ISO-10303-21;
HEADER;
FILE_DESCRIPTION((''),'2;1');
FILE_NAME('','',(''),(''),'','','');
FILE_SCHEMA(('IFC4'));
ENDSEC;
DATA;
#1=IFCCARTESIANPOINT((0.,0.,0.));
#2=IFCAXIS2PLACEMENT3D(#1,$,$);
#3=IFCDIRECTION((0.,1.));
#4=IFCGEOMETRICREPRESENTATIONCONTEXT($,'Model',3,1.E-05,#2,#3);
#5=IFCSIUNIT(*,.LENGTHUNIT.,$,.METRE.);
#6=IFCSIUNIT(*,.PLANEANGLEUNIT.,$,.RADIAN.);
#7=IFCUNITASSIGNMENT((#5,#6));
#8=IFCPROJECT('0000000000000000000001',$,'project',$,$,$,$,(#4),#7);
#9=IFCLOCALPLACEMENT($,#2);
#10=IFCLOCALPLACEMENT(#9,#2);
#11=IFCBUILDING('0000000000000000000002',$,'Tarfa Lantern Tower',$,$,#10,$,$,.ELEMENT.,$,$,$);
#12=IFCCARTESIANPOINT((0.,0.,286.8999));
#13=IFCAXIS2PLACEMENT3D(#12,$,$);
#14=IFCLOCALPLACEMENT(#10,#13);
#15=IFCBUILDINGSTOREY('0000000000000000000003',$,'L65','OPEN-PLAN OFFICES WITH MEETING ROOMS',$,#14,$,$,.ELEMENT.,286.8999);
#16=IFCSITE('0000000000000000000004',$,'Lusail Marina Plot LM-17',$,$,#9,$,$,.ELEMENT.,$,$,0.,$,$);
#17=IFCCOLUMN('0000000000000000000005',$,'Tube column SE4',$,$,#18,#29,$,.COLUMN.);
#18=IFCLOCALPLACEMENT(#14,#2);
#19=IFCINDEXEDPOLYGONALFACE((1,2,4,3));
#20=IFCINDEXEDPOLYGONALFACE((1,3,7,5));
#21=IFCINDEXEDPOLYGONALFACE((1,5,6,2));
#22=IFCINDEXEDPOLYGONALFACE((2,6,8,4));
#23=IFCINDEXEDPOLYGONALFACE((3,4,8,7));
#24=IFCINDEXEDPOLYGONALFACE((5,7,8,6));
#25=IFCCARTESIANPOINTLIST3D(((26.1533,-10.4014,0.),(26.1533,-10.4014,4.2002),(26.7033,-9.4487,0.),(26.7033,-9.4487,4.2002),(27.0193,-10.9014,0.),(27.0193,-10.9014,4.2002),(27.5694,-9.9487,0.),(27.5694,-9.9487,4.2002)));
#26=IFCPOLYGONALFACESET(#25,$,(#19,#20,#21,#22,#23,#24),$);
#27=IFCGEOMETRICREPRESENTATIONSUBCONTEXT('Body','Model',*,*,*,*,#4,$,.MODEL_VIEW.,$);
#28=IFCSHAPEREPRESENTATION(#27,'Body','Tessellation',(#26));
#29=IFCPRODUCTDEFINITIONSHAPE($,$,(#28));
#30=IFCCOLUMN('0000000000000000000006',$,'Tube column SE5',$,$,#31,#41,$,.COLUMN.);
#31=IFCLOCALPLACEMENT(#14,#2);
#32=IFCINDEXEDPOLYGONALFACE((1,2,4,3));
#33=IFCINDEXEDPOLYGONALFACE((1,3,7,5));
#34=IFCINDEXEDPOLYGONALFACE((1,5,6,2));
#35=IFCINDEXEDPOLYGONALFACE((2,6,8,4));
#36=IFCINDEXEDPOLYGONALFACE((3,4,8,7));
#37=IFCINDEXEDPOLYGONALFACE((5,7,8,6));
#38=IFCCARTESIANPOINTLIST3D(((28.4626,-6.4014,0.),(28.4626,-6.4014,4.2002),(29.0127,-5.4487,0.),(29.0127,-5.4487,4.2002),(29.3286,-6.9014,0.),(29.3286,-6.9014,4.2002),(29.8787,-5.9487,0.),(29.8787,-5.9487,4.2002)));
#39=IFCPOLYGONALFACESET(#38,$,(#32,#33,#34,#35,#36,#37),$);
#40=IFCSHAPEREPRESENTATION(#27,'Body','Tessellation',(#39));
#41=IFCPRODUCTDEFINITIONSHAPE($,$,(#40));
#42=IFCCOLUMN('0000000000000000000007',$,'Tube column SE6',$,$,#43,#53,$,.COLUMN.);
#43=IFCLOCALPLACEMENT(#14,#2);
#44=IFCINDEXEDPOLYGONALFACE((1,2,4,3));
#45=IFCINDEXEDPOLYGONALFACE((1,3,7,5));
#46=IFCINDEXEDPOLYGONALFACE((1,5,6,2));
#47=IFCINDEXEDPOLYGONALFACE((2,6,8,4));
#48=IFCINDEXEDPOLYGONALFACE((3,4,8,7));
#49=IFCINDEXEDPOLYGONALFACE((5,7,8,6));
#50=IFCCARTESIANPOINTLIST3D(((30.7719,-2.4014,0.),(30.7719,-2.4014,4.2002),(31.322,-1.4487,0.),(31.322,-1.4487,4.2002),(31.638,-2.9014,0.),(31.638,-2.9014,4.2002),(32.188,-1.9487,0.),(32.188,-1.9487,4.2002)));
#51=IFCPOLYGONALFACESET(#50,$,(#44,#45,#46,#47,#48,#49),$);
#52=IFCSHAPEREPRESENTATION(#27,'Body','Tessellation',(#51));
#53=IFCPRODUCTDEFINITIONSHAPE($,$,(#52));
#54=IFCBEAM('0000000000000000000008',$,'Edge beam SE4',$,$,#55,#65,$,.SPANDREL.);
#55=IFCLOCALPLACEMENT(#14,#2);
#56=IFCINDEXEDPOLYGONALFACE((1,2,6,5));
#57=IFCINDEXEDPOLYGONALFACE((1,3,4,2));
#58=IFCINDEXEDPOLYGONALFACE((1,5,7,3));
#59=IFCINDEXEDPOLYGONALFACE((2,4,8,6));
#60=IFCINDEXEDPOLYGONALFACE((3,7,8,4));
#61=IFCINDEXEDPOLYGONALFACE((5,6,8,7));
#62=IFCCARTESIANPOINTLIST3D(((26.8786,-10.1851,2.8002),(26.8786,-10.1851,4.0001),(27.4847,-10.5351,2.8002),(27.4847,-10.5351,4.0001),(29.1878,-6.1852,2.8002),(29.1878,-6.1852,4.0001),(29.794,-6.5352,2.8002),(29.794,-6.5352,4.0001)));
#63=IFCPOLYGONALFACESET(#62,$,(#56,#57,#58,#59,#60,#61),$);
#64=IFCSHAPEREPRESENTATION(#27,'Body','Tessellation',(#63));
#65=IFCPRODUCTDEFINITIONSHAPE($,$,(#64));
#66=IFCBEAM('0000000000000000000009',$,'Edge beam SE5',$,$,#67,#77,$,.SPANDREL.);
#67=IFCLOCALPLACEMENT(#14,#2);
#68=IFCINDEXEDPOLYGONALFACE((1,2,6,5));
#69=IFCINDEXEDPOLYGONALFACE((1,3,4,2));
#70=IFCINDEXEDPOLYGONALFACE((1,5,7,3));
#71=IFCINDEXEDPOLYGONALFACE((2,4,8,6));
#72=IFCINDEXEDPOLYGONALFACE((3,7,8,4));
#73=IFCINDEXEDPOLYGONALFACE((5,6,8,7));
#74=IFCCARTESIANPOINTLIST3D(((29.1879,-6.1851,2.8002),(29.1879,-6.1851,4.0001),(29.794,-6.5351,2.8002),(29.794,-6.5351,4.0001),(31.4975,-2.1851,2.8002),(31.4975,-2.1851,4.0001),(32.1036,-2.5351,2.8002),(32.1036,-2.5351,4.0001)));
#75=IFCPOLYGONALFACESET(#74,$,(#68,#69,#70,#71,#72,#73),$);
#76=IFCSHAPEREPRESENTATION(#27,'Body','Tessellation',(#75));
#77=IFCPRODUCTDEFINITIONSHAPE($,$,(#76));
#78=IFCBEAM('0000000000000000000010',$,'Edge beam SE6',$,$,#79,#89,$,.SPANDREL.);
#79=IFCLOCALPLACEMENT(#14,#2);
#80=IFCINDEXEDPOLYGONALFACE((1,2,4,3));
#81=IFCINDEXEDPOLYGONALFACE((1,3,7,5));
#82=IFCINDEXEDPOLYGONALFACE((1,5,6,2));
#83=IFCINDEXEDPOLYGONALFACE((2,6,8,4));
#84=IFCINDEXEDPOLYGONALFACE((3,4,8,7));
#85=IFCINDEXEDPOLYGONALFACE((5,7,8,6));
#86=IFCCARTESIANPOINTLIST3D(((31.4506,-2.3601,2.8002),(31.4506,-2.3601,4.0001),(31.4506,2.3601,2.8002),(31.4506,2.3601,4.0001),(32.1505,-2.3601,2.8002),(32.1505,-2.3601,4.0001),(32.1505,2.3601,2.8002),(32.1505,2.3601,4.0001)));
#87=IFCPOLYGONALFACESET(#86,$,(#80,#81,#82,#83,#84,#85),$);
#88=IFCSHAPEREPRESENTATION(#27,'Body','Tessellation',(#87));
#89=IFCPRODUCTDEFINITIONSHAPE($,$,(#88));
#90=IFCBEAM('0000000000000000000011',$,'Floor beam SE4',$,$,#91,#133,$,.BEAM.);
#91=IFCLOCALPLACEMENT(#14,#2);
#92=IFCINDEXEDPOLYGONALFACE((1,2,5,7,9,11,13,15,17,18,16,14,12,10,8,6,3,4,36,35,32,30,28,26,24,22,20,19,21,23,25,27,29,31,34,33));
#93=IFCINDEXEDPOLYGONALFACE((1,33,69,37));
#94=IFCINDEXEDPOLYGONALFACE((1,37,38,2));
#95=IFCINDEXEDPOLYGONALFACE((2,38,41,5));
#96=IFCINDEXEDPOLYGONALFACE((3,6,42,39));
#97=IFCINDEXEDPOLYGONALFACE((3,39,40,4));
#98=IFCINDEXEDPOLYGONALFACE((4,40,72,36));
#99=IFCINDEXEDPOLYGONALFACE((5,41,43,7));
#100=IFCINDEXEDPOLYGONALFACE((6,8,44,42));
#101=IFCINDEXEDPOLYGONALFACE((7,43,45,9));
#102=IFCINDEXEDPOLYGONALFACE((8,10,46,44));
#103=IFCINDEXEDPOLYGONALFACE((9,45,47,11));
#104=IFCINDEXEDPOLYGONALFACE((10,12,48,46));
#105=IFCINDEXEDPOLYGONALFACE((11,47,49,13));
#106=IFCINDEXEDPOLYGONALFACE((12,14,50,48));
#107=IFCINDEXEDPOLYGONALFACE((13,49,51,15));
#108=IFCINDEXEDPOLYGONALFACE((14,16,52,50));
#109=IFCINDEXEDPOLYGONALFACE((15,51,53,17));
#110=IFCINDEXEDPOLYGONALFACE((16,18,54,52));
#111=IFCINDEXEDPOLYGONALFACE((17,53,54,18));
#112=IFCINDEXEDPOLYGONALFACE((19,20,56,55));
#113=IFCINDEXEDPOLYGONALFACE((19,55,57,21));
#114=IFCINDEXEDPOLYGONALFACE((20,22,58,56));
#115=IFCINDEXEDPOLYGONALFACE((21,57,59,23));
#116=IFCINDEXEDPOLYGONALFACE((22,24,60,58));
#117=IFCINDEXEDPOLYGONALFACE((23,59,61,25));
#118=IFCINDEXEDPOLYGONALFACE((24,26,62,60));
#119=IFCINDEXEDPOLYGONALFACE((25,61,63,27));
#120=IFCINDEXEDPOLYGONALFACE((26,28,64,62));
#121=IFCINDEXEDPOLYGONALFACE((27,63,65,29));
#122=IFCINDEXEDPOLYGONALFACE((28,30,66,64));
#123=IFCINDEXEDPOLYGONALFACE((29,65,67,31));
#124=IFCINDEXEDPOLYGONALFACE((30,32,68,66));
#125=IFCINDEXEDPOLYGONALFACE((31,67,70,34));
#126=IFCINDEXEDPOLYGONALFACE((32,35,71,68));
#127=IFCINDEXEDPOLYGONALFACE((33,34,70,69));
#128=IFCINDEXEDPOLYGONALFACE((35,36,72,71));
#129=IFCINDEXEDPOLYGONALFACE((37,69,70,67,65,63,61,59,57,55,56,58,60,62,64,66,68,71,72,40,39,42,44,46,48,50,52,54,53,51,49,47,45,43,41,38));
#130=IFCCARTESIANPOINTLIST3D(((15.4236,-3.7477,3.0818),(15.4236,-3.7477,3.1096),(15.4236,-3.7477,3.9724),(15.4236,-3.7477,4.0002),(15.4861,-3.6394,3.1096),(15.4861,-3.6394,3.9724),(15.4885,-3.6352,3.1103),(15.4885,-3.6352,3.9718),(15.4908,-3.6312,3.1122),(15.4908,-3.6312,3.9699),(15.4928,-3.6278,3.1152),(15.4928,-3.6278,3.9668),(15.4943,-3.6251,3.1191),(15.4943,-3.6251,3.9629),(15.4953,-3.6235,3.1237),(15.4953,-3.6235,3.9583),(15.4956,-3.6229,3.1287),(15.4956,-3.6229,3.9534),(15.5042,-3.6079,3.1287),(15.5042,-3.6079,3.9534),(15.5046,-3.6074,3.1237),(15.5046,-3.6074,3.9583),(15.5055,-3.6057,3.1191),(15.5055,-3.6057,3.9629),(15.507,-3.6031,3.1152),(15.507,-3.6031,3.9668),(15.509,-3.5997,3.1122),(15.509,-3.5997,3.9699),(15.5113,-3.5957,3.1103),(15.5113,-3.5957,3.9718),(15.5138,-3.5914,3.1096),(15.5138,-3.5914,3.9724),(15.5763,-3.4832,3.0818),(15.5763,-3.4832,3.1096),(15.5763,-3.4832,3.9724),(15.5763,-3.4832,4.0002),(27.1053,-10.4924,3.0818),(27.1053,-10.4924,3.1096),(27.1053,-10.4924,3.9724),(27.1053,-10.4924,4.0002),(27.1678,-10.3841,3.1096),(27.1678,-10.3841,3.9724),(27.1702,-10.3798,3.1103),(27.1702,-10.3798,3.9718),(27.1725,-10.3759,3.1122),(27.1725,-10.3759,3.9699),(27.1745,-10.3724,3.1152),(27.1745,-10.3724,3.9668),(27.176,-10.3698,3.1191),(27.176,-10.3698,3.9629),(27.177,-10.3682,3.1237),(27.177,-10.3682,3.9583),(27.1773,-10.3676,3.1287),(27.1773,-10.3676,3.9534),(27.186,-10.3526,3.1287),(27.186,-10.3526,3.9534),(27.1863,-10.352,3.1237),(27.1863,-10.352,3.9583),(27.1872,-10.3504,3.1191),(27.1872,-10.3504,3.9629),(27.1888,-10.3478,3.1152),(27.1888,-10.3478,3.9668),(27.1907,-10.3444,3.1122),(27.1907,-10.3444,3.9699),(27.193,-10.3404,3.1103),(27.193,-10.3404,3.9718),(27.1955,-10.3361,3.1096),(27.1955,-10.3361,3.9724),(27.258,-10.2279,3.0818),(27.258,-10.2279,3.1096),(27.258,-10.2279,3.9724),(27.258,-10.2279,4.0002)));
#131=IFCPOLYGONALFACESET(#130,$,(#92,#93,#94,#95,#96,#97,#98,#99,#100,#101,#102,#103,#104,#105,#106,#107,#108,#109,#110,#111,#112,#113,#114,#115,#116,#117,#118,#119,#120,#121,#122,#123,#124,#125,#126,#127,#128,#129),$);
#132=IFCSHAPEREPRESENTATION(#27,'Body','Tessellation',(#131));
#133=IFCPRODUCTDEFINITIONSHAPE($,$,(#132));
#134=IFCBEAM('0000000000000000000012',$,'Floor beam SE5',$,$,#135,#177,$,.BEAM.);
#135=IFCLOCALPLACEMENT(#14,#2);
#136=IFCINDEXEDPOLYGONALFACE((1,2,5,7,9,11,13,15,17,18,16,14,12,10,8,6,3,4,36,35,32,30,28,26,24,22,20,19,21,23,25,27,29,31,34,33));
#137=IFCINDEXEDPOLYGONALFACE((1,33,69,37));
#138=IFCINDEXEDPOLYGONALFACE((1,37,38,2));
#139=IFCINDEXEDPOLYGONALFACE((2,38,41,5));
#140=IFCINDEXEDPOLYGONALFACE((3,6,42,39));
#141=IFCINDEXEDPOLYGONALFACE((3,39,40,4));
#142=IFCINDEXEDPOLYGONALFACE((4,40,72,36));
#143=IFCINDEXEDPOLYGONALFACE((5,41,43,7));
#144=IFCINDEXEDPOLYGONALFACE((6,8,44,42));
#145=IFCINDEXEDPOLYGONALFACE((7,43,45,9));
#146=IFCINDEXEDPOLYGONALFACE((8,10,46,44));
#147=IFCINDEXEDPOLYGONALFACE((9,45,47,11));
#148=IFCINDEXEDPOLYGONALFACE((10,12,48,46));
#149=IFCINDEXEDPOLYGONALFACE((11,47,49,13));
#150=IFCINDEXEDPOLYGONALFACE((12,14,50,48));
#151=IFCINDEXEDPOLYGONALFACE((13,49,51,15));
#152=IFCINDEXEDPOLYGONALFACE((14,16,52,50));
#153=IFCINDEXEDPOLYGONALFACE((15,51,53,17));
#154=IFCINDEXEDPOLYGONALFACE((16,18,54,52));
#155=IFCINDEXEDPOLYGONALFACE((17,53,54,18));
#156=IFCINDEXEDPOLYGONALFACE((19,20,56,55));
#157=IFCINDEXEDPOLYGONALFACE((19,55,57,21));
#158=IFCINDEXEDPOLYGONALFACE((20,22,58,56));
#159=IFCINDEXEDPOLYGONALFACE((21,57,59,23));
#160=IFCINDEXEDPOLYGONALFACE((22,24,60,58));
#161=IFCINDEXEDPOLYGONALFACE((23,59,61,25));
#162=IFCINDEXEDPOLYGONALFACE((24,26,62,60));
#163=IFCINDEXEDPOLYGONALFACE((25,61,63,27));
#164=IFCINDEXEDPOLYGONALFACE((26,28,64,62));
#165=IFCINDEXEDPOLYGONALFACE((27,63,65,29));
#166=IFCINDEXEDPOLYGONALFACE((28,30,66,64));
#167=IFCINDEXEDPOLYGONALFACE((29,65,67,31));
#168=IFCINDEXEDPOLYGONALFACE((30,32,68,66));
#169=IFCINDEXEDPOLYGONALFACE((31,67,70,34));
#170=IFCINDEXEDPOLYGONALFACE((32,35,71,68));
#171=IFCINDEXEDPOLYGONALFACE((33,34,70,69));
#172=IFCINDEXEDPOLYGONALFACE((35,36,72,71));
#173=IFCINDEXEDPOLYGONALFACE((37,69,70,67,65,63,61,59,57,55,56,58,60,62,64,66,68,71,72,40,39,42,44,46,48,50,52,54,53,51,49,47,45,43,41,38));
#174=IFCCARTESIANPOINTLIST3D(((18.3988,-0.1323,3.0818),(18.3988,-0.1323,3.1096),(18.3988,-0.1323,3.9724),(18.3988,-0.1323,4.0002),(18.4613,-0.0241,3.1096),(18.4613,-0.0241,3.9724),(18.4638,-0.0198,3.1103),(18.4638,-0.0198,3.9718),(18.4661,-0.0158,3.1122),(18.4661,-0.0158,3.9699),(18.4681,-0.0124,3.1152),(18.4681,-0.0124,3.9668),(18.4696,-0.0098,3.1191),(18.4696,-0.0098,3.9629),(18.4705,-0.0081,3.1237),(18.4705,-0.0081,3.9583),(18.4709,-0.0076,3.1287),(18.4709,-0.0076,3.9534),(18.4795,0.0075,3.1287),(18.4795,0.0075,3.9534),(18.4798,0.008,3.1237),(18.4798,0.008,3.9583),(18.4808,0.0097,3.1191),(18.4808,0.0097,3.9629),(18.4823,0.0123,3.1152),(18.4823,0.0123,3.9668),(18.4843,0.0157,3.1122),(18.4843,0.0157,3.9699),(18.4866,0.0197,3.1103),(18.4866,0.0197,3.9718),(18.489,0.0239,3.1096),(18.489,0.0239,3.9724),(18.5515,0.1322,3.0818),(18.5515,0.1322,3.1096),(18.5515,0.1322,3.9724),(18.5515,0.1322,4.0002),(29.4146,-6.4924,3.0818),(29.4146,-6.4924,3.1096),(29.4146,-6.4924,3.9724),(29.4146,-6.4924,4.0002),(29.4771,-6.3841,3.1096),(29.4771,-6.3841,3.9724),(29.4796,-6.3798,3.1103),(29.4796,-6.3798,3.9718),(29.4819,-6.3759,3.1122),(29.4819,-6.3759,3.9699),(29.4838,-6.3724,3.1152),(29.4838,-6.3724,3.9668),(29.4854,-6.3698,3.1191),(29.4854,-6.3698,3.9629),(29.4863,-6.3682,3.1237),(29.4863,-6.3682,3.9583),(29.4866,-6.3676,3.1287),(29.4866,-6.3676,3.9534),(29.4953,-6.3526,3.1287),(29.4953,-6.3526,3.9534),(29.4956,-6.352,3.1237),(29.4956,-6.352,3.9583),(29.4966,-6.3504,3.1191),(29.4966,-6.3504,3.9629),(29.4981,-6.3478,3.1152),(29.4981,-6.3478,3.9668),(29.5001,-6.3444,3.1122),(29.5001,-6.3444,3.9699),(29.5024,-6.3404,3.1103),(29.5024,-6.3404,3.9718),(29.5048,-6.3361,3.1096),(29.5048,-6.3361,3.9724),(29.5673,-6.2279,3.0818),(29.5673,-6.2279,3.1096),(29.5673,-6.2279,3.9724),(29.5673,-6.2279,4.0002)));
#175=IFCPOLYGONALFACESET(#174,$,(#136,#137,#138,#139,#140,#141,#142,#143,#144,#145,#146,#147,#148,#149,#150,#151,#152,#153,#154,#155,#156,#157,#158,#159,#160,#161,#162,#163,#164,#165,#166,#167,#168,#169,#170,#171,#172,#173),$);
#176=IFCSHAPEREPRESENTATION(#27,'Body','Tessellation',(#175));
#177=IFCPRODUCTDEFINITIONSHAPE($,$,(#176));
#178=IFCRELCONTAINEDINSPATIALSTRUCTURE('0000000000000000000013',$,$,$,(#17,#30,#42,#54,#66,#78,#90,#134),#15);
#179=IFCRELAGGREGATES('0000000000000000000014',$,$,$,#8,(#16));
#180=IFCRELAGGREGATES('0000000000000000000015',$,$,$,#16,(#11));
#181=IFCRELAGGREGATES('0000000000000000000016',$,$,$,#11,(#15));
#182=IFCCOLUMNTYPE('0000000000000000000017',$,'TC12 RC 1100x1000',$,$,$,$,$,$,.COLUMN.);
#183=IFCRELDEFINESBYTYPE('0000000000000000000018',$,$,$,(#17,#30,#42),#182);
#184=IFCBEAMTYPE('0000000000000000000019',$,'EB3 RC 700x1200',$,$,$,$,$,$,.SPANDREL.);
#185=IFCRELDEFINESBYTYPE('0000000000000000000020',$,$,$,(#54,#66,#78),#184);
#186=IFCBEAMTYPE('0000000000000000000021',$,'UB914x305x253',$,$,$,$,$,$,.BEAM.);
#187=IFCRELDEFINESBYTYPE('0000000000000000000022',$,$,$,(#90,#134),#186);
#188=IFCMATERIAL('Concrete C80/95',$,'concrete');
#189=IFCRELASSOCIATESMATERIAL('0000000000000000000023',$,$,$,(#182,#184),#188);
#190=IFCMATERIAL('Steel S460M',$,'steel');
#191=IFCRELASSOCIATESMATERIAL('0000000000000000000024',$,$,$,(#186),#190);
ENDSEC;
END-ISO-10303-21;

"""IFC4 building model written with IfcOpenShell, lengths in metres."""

from ifc_helpers import new_model, si_unit, direction, frame, origin, origin_2d, place, context, subcontext, project, spatial, rectangle, i_section, extrude, material, material_profile, profile_set, type_object, element, save


model = new_model("IFC4")

# Units and contexts
model_context = context("Model", 3, precision=1e-05, world=origin(), true_north=direction((0.0, 1.0)))
body_context = subcontext(model_context, "Body", "Model", "MODEL_VIEW")
ifc_project = project(units=[si_unit("LENGTHUNIT", "METRE"), si_unit("PLANEANGLEUNIT", "RADIAN")], contexts=[model_context])

# Site, building, storey
site_placement = place(None, origin())
site = spatial("IfcSite", under=ifc_project, at=site_placement, Name="Lusail Marina Plot LM-17", CompositionType="ELEMENT", RefElevation=0.0)
building_placement = place(site_placement, origin())
building = spatial("IfcBuilding", under=site, at=building_placement, Name="Tarfa Lantern Tower", CompositionType="ELEMENT")
storey_placement = place(building_placement, frame((0.0, 0.0, 286.8999)))
storey = spatial("IfcBuildingStorey", under=building, at=storey_placement, Name="L65", Description="OPEN-PLAN OFFICES WITH MEETING ROOMS", CompositionType="ELEMENT", Elevation=286.8999)

# Columns
ifc_material_1 = material(Name="Concrete C80/95", Category="concrete")
ifc_material_profile_1 = material_profile(ifc_material_1, rectangle(XDim=1.1001, YDim=1.0, at=origin_2d()), Name="RC 1100x1000")
ifc_profile_set_1 = profile_set([ifc_material_profile_1], Name="Concrete C80/95")
column_type = type_object("IfcColumnType", Name="TC12 RC 1100x1000", PredefinedType="COLUMN", material=ifc_profile_set_1)
for number, where, z_axis, x_axis, name in (
    (1, (26.8613, -10.175, 0.0), (0.0, 0.0, 1.0), (0.5, 0.866025, 0.0), "Tube column SE4"),
    (2, (29.1707, -6.175, 0.0), (0.0, 0.0, 1.0), (0.5, 0.866025, 0.0), "Tube column SE5"),
    (3, (31.48, -2.175, 0.0), (0.0, 0.0, 1.0), (0.5, 0.866025, 0.0), "Tube column SE6"),
):
    element("IfcColumn", number, at=place(storey_placement, frame(where, z_axis=z_axis, x_axis=x_axis)), inside=storey, type_object=column_type, Name=name, PredefinedType="COLUMN", context=body_context, shape_type="SweptSolid", body=[
        extrude(rectangle(XDim=1.1001, YDim=1.0, at=origin_2d()), origin(), (0.0, 0.0, 1.0), 4.2002),
    ])

# Beams
ifc_material_profile_2 = material_profile(ifc_material_1, rectangle(XDim=0.7, YDim=1.2, at=origin_2d()), Name="RC 700x1200")
ifc_profile_set_2 = profile_set([ifc_material_profile_2], Name="Concrete C80/95")
beam_type_1 = type_object("IfcBeamType", Name="EB3 RC 700x1200", PredefinedType="SPANDREL", material=ifc_profile_set_2)
beam_1_placement = place(storey_placement, frame((27.1816, -10.3601, 3.4001), z_axis=(0.499988, 0.866032, 0.0), x_axis=(-0.866032, 0.499988, 0.0)))
element("IfcBeam", 4, at=beam_1_placement, inside=storey, type_object=beam_type_1, Name="Edge beam SE4", PredefinedType="SPANDREL", context=body_context, shape_type="SweptSolid", body=[
    extrude(rectangle(XDim=0.7, YDim=1.2, at=origin_2d()), origin(), (0.0, 0.0, 1.0), 4.6187),
])
beam_2_placement = place(storey_placement, frame((29.491, -6.3601, 3.4001), z_axis=(0.500027, 0.86601, 0.0), x_axis=(-0.86601, 0.500027, 0.0)))
element("IfcBeam", 5, at=beam_2_placement, inside=storey, type_object=beam_type_1, Name="Edge beam SE5", PredefinedType="SPANDREL", context=body_context, shape_type="SweptSolid", body=[
    extrude(rectangle(XDim=0.7, YDim=1.2, at=origin_2d()), origin(), (0.0, 0.0, 1.0), 4.6189),
])
beam_3_placement = place(storey_placement, frame((31.8005, -2.3601, 3.4001), z_axis=(0.0, 1.0, 0.0), x_axis=(-1.0, 0.0, 0.0)))
element("IfcBeam", 6, at=beam_3_placement, inside=storey, type_object=beam_type_1, Name="Edge beam SE6", PredefinedType="SPANDREL", context=body_context, shape_type="SweptSolid", body=[
    extrude(rectangle(XDim=0.7, YDim=1.2, at=origin_2d()), origin(), (0.0, 0.0, 1.0), 4.7202),
])
ifc_material_2 = material(Name="Steel S460M", Category="steel")
ifc_material_profile_3 = material_profile(ifc_material_2, i_section(OverallWidth=0.3054, OverallDepth=0.9185, WebThickness=0.0173, FlangeThickness=0.0278, FilletRadius=0.019, at=origin_2d()), Name="UB914x305x253")
ifc_profile_set_3 = profile_set([ifc_material_profile_3], Name="Steel S460M")
beam_type_2 = type_object("IfcBeamType", Name="UB914x305x253", PredefinedType="BEAM", material=ifc_profile_set_3)
beam_4_placement = place(storey_placement, frame((27.1816, -10.3601, 3.541), z_axis=(-0.866018, 0.500013, 0.0), x_axis=(-0.500013, -0.866018, 0.0)))
element("IfcBeam", 7, at=beam_4_placement, inside=storey, type_object=beam_type_2, Name="Floor beam SE4", PredefinedType="BEAM", context=body_context, shape_type="SweptSolid", body=[
    extrude(i_section(OverallWidth=0.3054, OverallDepth=0.9185, WebThickness=0.0173, FlangeThickness=0.0278, FilletRadius=0.019, at=origin_2d()), origin(), (0.0, 0.0, 1.0), 13.489),
])
beam_5_placement = place(storey_placement, frame((29.491, -6.3601, 3.541), z_axis=(-0.866022, 0.500005, 0.0), x_axis=(-0.500005, -0.866022, 0.0)))
element("IfcBeam", 8, at=beam_5_placement, inside=storey, type_object=beam_type_2, Name="Floor beam SE5", PredefinedType="BEAM", context=body_context, shape_type="SweptSolid", body=[
    extrude(i_section(OverallWidth=0.3054, OverallDepth=0.9185, WebThickness=0.0173, FlangeThickness=0.0278, FilletRadius=0.019, at=origin_2d()), origin(), (0.0, 0.0, 1.0), 12.72),
])

save(model, "model.ifc")
